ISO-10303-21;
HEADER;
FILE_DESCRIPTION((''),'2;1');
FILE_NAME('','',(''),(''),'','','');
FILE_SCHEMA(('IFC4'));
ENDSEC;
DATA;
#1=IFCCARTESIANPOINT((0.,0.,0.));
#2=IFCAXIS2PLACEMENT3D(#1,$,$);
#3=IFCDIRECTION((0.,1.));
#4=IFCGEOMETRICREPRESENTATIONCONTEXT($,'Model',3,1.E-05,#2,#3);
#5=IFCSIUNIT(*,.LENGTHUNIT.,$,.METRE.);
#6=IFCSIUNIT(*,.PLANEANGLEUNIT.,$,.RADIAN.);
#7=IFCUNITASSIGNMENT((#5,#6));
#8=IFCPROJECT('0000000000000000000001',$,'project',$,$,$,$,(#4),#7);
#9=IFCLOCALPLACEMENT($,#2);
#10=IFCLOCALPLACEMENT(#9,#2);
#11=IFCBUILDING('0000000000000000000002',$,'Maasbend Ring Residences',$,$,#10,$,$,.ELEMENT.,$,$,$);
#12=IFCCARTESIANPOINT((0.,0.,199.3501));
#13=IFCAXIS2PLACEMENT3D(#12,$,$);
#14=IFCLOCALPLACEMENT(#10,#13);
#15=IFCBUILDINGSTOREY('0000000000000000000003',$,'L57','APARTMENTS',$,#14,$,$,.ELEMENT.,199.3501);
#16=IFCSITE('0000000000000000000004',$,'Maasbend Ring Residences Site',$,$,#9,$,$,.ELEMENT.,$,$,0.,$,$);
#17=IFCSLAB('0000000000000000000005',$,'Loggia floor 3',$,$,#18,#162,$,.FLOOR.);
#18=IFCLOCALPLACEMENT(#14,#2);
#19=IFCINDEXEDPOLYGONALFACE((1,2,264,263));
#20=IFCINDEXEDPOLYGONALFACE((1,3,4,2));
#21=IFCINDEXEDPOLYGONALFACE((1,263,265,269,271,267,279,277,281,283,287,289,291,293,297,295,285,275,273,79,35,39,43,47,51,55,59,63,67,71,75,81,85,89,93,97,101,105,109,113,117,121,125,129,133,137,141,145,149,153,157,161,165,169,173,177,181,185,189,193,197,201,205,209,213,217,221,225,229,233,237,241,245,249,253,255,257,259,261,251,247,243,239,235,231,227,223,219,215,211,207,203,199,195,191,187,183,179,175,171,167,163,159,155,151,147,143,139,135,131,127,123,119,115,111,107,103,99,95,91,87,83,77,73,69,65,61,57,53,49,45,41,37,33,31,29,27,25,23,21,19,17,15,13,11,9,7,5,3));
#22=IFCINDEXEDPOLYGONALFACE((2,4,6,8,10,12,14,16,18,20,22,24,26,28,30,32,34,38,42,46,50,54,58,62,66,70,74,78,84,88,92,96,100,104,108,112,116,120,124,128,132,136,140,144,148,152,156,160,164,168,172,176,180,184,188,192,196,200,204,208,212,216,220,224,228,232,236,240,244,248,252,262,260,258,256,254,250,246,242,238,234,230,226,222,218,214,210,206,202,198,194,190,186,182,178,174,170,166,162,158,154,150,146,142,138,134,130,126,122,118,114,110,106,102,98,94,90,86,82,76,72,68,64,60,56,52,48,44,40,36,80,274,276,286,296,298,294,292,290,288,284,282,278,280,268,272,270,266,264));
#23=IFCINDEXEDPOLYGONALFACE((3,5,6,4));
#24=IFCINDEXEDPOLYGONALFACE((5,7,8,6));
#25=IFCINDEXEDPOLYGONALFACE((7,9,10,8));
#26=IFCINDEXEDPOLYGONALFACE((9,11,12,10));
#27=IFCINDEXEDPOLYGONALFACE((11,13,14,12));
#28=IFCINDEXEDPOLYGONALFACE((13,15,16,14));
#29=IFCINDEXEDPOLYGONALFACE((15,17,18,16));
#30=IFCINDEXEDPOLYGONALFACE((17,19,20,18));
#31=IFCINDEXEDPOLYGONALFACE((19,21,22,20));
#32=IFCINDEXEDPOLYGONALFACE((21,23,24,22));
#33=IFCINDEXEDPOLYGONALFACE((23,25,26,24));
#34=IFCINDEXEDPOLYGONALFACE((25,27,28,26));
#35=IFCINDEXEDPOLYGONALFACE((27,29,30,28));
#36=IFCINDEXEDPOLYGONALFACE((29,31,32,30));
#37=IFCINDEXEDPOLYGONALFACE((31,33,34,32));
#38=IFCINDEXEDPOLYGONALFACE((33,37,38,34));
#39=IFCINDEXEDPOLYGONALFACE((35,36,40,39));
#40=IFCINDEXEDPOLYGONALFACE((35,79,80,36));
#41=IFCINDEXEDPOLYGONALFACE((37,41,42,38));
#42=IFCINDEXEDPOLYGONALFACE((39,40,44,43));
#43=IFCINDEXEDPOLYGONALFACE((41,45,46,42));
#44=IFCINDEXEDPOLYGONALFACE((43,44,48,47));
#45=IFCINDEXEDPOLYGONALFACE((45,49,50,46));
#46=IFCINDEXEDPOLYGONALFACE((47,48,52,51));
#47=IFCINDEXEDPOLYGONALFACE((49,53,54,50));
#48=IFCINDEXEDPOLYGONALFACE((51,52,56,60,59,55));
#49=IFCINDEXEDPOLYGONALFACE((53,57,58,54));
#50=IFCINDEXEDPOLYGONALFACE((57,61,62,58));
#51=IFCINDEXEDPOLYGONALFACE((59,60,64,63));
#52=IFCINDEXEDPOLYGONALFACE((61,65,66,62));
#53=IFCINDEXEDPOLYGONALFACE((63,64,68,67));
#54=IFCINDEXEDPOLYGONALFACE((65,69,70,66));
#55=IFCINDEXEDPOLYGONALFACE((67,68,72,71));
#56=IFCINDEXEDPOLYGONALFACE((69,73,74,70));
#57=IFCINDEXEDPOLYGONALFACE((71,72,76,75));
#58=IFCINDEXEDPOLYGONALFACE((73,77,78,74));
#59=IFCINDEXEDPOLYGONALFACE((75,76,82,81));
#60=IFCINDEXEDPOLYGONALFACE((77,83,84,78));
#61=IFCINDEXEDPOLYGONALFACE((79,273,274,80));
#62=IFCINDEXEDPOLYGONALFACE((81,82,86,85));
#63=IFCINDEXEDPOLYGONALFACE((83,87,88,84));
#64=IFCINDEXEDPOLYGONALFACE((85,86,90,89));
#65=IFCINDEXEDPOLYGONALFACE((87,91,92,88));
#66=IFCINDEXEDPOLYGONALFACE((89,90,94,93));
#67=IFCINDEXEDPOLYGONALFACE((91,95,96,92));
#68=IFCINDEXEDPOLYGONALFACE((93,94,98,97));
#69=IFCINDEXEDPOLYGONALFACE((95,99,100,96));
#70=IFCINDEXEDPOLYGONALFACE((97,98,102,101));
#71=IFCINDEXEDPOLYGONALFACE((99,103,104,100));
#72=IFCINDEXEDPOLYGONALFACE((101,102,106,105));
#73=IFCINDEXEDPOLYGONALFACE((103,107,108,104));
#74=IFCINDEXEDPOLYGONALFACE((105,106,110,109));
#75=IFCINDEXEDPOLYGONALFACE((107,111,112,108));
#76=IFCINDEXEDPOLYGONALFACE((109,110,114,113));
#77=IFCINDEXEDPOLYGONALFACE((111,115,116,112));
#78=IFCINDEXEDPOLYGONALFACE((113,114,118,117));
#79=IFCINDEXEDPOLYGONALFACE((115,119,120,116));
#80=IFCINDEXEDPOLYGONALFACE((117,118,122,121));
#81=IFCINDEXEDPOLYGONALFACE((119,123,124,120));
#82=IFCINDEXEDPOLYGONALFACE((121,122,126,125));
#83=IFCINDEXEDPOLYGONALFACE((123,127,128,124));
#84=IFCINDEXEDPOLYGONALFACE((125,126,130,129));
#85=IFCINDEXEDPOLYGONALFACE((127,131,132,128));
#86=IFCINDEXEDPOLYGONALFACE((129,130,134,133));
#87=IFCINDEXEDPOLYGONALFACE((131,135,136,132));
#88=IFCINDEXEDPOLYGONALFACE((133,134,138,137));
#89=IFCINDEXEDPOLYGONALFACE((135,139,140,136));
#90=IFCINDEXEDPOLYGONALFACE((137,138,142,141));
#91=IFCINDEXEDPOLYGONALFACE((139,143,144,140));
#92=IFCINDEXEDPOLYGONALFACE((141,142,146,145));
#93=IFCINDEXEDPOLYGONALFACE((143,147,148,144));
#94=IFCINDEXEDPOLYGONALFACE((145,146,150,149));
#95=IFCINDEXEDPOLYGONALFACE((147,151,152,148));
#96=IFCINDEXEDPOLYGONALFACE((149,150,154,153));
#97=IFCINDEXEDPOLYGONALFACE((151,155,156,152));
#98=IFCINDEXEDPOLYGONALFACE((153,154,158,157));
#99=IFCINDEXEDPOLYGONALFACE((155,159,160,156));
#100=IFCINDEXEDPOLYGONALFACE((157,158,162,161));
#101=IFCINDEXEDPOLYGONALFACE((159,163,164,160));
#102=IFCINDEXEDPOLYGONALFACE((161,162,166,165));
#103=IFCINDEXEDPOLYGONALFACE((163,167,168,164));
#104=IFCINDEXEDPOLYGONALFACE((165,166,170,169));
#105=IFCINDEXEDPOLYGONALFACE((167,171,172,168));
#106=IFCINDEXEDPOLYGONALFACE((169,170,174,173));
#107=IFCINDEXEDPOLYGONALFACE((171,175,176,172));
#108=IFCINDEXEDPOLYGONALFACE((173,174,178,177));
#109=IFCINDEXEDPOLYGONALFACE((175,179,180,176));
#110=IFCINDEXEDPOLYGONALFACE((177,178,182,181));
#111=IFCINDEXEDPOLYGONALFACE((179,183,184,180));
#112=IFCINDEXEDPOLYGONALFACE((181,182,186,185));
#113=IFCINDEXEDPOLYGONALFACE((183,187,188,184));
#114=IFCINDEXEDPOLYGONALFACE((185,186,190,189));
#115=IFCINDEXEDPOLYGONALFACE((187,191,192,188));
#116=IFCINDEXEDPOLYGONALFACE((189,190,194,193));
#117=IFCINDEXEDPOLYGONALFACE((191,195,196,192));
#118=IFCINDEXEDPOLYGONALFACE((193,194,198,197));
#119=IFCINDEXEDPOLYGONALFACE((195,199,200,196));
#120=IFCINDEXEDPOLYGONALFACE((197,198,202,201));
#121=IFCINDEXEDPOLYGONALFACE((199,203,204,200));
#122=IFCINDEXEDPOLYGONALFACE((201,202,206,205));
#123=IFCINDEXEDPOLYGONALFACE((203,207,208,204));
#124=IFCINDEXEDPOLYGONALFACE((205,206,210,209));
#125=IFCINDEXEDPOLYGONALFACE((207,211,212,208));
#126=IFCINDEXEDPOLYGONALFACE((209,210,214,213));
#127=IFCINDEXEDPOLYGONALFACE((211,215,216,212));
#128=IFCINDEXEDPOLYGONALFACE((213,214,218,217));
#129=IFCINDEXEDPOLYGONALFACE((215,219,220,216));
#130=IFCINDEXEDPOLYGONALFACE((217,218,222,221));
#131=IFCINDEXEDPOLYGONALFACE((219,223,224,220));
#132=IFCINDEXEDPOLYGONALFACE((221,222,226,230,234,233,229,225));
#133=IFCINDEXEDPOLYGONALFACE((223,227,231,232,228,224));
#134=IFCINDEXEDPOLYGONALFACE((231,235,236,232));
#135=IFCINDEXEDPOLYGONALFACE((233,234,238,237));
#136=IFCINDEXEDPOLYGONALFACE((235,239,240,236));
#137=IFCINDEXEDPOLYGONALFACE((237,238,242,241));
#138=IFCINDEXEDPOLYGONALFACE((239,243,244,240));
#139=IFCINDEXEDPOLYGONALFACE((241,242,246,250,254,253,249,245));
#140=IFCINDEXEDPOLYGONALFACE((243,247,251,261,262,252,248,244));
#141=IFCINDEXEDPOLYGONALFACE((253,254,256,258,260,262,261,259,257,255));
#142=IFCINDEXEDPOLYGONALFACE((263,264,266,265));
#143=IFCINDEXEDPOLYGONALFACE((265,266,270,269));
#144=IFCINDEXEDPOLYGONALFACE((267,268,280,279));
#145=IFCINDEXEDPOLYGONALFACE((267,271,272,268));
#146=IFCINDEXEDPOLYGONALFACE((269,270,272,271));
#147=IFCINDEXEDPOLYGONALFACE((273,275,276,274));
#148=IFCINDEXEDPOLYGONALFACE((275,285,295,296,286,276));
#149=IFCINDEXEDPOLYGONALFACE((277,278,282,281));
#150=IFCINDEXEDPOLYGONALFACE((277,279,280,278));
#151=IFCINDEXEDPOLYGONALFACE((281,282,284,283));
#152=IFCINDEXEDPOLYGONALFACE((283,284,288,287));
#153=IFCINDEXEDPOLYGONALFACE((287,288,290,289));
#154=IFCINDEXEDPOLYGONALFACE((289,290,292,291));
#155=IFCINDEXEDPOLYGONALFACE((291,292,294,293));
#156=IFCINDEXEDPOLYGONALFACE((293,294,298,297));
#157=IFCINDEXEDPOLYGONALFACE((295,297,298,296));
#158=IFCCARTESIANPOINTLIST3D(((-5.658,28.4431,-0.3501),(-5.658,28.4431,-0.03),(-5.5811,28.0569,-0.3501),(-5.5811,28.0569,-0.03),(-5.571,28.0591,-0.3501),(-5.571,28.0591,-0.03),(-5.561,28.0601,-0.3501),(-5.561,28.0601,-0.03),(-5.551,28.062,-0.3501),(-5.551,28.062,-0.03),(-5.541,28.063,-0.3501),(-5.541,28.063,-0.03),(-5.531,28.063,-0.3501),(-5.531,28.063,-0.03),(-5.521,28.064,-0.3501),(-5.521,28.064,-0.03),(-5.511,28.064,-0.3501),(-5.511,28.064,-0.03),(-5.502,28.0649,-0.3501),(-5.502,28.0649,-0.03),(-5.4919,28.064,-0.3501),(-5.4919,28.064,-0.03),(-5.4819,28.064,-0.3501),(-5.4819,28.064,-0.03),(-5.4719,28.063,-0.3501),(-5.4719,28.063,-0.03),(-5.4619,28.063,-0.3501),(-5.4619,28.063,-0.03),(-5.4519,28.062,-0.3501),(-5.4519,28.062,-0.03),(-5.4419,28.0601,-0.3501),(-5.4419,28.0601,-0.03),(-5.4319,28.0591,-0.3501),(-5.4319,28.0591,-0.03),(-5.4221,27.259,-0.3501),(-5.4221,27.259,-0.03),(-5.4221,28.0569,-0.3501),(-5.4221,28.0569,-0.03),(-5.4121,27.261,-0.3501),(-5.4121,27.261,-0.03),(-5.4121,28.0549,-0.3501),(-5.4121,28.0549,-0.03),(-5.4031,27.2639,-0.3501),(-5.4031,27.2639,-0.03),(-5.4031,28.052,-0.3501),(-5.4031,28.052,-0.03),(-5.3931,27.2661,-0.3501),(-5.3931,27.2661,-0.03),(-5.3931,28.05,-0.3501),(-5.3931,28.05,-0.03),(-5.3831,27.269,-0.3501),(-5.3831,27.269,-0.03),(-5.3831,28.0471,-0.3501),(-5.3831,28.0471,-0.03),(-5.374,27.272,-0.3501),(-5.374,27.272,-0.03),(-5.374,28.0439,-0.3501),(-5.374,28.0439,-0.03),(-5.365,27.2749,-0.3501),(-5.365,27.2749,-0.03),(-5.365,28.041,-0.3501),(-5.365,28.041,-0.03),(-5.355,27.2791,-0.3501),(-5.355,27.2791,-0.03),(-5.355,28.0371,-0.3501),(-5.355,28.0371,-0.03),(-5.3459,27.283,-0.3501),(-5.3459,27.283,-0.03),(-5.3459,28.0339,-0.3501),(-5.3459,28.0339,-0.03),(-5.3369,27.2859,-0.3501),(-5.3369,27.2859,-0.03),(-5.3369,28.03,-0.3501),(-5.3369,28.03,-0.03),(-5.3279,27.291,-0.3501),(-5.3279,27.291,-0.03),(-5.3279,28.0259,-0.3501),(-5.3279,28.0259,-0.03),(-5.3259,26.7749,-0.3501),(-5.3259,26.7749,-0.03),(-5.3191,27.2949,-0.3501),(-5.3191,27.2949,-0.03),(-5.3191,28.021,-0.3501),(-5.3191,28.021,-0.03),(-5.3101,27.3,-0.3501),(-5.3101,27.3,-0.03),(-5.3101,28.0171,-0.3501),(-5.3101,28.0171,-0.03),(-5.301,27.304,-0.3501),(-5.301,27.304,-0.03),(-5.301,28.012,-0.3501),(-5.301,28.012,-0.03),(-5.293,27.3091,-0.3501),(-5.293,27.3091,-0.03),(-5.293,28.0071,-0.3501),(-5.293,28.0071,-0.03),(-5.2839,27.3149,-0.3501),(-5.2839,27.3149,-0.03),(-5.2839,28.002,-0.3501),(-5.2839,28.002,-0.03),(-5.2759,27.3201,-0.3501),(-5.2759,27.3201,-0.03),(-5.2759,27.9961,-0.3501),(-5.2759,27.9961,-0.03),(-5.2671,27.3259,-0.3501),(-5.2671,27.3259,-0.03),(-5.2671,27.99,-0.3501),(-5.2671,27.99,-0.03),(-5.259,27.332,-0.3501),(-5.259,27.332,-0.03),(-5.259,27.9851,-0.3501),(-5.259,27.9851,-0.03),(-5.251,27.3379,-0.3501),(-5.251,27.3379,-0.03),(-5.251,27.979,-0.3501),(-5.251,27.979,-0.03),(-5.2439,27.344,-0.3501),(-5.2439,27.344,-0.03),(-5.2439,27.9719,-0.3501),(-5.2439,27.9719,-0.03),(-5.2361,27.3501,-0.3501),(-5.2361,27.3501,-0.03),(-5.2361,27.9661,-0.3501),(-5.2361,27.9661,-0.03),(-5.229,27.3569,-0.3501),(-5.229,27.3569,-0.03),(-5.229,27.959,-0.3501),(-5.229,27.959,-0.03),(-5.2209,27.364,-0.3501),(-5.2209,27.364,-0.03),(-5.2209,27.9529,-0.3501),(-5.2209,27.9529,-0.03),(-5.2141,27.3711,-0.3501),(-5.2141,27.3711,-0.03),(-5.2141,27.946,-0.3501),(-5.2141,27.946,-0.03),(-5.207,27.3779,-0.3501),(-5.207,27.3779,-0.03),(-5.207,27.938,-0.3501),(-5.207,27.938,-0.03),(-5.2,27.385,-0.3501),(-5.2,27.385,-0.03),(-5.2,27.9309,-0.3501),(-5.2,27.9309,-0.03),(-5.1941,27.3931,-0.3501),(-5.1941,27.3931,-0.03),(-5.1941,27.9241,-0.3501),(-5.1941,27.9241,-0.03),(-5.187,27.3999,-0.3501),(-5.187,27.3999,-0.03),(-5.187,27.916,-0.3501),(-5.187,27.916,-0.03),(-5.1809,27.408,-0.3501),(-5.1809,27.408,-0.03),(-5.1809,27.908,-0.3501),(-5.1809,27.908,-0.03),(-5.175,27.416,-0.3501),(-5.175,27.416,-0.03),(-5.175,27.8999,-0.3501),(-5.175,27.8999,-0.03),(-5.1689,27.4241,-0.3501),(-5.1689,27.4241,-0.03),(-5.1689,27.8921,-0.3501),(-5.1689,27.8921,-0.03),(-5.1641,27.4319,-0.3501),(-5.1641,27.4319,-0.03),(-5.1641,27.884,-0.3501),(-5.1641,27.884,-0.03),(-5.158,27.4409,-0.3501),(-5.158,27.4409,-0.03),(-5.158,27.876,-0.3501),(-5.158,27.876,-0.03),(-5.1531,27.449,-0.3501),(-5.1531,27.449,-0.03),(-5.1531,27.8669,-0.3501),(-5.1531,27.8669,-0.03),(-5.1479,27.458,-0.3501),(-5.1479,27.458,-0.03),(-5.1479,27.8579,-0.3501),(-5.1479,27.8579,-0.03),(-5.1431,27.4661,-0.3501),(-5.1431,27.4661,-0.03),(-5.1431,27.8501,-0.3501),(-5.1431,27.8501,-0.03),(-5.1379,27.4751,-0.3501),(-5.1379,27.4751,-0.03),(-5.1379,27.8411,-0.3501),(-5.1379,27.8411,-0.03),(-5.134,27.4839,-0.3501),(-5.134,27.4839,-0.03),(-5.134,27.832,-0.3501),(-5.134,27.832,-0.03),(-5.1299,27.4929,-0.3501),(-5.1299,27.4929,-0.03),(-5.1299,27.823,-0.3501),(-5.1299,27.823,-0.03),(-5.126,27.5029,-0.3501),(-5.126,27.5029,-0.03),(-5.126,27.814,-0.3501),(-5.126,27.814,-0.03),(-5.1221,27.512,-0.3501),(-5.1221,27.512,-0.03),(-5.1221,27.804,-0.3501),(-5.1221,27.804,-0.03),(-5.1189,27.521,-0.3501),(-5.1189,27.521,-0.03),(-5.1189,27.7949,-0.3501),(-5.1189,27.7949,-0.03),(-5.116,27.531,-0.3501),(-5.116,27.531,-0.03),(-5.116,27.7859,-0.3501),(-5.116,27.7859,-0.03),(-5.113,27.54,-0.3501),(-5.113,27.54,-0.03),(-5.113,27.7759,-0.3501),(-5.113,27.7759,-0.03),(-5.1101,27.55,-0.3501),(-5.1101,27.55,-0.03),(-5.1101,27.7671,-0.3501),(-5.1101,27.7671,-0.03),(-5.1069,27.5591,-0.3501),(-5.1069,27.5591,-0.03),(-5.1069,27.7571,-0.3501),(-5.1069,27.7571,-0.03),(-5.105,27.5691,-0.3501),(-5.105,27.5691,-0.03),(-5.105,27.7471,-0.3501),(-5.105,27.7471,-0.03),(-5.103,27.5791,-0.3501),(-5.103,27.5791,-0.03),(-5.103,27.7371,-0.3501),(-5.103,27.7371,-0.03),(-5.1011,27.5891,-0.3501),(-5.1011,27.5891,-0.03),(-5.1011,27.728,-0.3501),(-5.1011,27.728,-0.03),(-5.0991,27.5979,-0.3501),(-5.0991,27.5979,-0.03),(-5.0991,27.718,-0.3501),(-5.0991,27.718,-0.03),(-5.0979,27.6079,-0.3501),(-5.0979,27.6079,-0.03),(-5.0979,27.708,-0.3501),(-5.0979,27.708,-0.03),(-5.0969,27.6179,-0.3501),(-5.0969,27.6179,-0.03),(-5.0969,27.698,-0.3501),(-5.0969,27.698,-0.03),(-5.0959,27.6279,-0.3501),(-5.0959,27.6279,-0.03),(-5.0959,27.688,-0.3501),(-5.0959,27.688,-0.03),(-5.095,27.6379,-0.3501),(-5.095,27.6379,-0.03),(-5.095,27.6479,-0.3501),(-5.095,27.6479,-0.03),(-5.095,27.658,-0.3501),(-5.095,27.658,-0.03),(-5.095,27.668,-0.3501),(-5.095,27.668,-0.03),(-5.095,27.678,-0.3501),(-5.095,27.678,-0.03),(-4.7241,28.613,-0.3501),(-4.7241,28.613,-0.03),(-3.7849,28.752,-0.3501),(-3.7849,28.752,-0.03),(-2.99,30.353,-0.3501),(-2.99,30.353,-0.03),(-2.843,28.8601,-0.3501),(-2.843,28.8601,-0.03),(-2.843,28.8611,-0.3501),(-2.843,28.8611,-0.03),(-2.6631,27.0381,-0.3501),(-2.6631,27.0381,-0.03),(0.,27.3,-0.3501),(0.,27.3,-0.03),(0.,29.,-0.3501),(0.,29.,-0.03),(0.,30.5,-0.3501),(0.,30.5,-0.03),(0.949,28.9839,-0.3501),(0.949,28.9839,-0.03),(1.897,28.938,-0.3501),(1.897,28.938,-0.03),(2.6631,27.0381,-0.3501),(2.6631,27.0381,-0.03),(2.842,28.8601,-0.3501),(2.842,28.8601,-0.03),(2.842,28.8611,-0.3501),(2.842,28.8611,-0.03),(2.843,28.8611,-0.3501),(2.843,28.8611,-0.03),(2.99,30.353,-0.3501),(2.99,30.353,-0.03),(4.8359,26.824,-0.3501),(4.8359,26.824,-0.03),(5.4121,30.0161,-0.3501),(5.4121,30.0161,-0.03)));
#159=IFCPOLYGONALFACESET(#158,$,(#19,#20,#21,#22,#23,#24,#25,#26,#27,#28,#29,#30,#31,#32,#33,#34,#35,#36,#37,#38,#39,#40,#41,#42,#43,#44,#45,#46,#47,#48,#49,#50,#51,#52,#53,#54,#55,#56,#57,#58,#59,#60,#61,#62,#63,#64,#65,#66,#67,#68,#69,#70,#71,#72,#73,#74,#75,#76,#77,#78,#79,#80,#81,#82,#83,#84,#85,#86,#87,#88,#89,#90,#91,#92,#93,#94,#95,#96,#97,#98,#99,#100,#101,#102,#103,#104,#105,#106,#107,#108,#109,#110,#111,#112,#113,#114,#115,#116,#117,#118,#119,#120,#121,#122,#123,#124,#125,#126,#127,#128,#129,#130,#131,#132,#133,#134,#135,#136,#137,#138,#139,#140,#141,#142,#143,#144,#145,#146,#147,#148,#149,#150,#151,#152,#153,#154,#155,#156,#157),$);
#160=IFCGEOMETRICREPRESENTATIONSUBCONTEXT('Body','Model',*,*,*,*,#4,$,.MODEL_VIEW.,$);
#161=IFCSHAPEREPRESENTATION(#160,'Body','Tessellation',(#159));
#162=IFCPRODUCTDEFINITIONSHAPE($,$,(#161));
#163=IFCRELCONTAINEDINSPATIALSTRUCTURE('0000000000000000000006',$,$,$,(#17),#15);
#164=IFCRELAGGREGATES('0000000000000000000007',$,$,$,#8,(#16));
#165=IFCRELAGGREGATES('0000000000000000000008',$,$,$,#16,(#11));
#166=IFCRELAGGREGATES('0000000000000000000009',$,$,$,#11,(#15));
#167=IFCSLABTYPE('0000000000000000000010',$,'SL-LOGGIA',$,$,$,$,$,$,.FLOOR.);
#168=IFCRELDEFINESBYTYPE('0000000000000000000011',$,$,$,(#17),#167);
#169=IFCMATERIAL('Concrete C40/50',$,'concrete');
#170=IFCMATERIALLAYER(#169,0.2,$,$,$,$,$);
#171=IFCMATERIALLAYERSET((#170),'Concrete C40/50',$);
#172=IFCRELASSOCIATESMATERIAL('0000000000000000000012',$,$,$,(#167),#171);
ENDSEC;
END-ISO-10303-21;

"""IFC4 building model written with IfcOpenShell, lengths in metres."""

from ifc_helpers import new_model, si_unit, direction, frame, origin, place, context, subcontext, project, spatial, polyline, outline, extrude, material, layer, layer_set, type_object, element, save


model = new_model("IFC4")

# Units and contexts
model_context = context("Model", 3, precision=1e-05, world=origin(), true_north=direction((0.0, 1.0)))
body_context = subcontext(model_context, "Body", "Model", "MODEL_VIEW")
ifc_project = project(units=[si_unit("LENGTHUNIT", "METRE"), si_unit("PLANEANGLEUNIT", "RADIAN")], contexts=[model_context])

# Site, building, storey
site_placement = place(None, origin())
site = spatial("IfcSite", under=ifc_project, at=site_placement, Name="Maasbend Ring Residences Site", CompositionType="ELEMENT", RefElevation=0.0)
building_placement = place(site_placement, origin())
building = spatial("IfcBuilding", under=site, at=building_placement, Name="Maasbend Ring Residences", CompositionType="ELEMENT")
storey_placement = place(building_placement, frame((0.0, 0.0, 199.3501)))
storey = spatial("IfcBuildingStorey", under=building, at=storey_placement, Name="L57", Description="APARTMENTS", CompositionType="ELEMENT", Elevation=199.3501)

# Slab
ifc_material_1 = material(Name="Concrete C40/50", Category="concrete")
ifc_layer_1 = layer(ifc_material_1, 0.2)
ifc_layer_set_1 = layer_set([ifc_layer_1], Name="Concrete C40/50")
slab_type_1 = type_object("IfcSlabType", Name="SL-LOGGIA", PredefinedType="FLOOR", material=ifc_layer_set_1)
slab_1_placement = place(storey_placement, frame((0.0, 0.0, -0.3501)))
element("IfcSlab", 1, at=slab_1_placement, inside=storey, type_object=slab_type_1, Name="Loggia floor 3", PredefinedType="FLOOR", context=body_context, shape_type="SweptSolid", body=[
    extrude(outline(polyline([(-3.7849, 28.752), (-2.843, 28.8601), (-2.843, 28.8601), (-2.843, 28.8601), (-2.843, 28.8601), (-2.843, 28.8601), (-2.843, 28.8601), (-2.843, 28.8601), (-2.843, 28.8601), (-2.843, 28.8601), (-2.843, 28.8611), (-2.843, 28.8611), (-2.843, 28.8611), (-2.843, 28.8611), (-2.843, 28.8611), (-2.843, 28.8611), (-2.843, 28.8611), (-2.843, 28.8611), (-2.99, 30.353), (-2.99, 30.353), (-2.99, 30.353), (0.0, 30.5), (0.0, 30.5), (0.0, 30.5), (0.0, 29.0), (0.0, 29.0), (0.0, 29.0), (0.0, 29.0), (0.0, 29.0), (0.0, 29.0), (0.0, 29.0), (0.0, 29.0), (0.0, 29.0), (0.0, 29.0), (0.0, 29.0), (0.0, 29.0), (0.0, 29.0), (0.0, 29.0), (0.0, 29.0), (0.0, 29.0), (0.0, 29.0), (0.949, 28.9839), (0.949, 28.9839), (1.897, 28.938), (1.897, 28.938), (2.842, 28.8601), (2.842, 28.8601), (2.842, 28.8601), (2.842, 28.8601), (2.842, 28.8601), (2.842, 28.8601), (2.842, 28.8601), (2.842, 28.8601), (2.842, 28.8611), (2.842, 28.8611), (2.842, 28.8611), (2.842, 28.8611), (2.842, 28.8611), (2.843, 28.8611), (2.843, 28.8611), (2.843, 28.8611), (2.843, 28.8611), (2.99, 30.353), (2.99, 30.353), (2.99, 30.353), (5.4121, 30.0161), (5.4121, 30.0161), (5.4121, 30.0161), (4.8359, 26.824), (4.8359, 26.824), (4.8359, 26.824), (2.6631, 27.0381), (0.0, 27.3), (0.0, 27.3), (0.0, 27.3), (-2.6631, 27.0381), (-5.3259, 26.7749), (-5.3259, 26.7749), (-5.3259, 26.7749), (-5.4221, 27.259), (-5.4221, 27.259), (-5.4121, 27.261), (-5.4031, 27.2639), (-5.3931, 27.2661), (-5.3831, 27.269), (-5.374, 27.272), (-5.365, 27.2749), (-5.355, 27.2791), (-5.3459, 27.283), (-5.3369, 27.2859), (-5.3279, 27.291), (-5.3191, 27.2949), (-5.3101, 27.3), (-5.301, 27.304), (-5.293, 27.3091), (-5.2839, 27.3149), (-5.2759, 27.3201), (-5.2671, 27.3259), (-5.259, 27.332), (-5.251, 27.3379), (-5.2439, 27.344), (-5.2361, 27.3501), (-5.229, 27.3569), (-5.2209, 27.364), (-5.2141, 27.3711), (-5.207, 27.3779), (-5.2, 27.385), (-5.1941, 27.3931), (-5.187, 27.3999), (-5.1809, 27.408), (-5.175, 27.416), (-5.1689, 27.4241), (-5.1641, 27.4319), (-5.158, 27.4409), (-5.1531, 27.449), (-5.1479, 27.458), (-5.1431, 27.4661), (-5.1379, 27.4751), (-5.134, 27.4839), (-5.1299, 27.4929), (-5.126, 27.5029), (-5.1221, 27.512), (-5.1189, 27.521), (-5.116, 27.531), (-5.113, 27.54), (-5.1101, 27.55), (-5.1069, 27.5591), (-5.105, 27.5691), (-5.103, 27.5791), (-5.1011, 27.5891), (-5.0991, 27.5979), (-5.0979, 27.6079), (-5.0969, 27.6179), (-5.0959, 27.6279), (-5.095, 27.6379), (-5.095, 27.6479), (-5.095, 27.658), (-5.095, 27.668), (-5.095, 27.678), (-5.0959, 27.688), (-5.0969, 27.698), (-5.0979, 27.708), (-5.0991, 27.718), (-5.1011, 27.728), (-5.103, 27.7371), (-5.105, 27.7471), (-5.1069, 27.7571), (-5.1101, 27.7671), (-5.113, 27.7759), (-5.116, 27.7859), (-5.1189, 27.7949), (-5.1221, 27.804), (-5.126, 27.814), (-5.1299, 27.823), (-5.134, 27.832), (-5.1379, 27.8411), (-5.1431, 27.8501), (-5.1479, 27.8579), (-5.1531, 27.8669), (-5.158, 27.876), (-5.1641, 27.884), (-5.1689, 27.8921), (-5.175, 27.8999), (-5.1809, 27.908), (-5.187, 27.916), (-5.1941, 27.9241), (-5.2, 27.9309), (-5.207, 27.938), (-5.2141, 27.946), (-5.2209, 27.9529), (-5.229, 27.959), (-5.2361, 27.9661), (-5.2439, 27.9719), (-5.251, 27.979), (-5.259, 27.9851), (-5.2671, 27.99), (-5.2759, 27.9961), (-5.2839, 28.002), (-5.293, 28.0071), (-5.301, 28.012), (-5.3101, 28.0171), (-5.3191, 28.021), (-5.3279, 28.0259), (-5.3369, 28.03), (-5.3459, 28.0339), (-5.355, 28.0371), (-5.365, 28.041), (-5.374, 28.0439), (-5.3831, 28.0471), (-5.3931, 28.05), (-5.4031, 28.052), (-5.4121, 28.0549), (-5.4221, 28.0569), (-5.4319, 28.0591), (-5.4419, 28.0601), (-5.4519, 28.062), (-5.4619, 28.063), (-5.4719, 28.063), (-5.4819, 28.064), (-5.4919, 28.064), (-5.502, 28.0649), (-5.511, 28.064), (-5.521, 28.064), (-5.531, 28.063), (-5.541, 28.063), (-5.551, 28.062), (-5.561, 28.0601), (-5.571, 28.0591), (-5.5811, 28.0569), (-5.5811, 28.0569), (-5.658, 28.4431), (-5.658, 28.4431), (-5.658, 28.4431), (-4.7241, 28.613), (-4.7241, 28.613), (-3.7849, 28.752), (-3.7849, 28.752)])), origin(), (0.0, 0.0, 1.0), 0.3201),
])

save(model, "model.ifc")
